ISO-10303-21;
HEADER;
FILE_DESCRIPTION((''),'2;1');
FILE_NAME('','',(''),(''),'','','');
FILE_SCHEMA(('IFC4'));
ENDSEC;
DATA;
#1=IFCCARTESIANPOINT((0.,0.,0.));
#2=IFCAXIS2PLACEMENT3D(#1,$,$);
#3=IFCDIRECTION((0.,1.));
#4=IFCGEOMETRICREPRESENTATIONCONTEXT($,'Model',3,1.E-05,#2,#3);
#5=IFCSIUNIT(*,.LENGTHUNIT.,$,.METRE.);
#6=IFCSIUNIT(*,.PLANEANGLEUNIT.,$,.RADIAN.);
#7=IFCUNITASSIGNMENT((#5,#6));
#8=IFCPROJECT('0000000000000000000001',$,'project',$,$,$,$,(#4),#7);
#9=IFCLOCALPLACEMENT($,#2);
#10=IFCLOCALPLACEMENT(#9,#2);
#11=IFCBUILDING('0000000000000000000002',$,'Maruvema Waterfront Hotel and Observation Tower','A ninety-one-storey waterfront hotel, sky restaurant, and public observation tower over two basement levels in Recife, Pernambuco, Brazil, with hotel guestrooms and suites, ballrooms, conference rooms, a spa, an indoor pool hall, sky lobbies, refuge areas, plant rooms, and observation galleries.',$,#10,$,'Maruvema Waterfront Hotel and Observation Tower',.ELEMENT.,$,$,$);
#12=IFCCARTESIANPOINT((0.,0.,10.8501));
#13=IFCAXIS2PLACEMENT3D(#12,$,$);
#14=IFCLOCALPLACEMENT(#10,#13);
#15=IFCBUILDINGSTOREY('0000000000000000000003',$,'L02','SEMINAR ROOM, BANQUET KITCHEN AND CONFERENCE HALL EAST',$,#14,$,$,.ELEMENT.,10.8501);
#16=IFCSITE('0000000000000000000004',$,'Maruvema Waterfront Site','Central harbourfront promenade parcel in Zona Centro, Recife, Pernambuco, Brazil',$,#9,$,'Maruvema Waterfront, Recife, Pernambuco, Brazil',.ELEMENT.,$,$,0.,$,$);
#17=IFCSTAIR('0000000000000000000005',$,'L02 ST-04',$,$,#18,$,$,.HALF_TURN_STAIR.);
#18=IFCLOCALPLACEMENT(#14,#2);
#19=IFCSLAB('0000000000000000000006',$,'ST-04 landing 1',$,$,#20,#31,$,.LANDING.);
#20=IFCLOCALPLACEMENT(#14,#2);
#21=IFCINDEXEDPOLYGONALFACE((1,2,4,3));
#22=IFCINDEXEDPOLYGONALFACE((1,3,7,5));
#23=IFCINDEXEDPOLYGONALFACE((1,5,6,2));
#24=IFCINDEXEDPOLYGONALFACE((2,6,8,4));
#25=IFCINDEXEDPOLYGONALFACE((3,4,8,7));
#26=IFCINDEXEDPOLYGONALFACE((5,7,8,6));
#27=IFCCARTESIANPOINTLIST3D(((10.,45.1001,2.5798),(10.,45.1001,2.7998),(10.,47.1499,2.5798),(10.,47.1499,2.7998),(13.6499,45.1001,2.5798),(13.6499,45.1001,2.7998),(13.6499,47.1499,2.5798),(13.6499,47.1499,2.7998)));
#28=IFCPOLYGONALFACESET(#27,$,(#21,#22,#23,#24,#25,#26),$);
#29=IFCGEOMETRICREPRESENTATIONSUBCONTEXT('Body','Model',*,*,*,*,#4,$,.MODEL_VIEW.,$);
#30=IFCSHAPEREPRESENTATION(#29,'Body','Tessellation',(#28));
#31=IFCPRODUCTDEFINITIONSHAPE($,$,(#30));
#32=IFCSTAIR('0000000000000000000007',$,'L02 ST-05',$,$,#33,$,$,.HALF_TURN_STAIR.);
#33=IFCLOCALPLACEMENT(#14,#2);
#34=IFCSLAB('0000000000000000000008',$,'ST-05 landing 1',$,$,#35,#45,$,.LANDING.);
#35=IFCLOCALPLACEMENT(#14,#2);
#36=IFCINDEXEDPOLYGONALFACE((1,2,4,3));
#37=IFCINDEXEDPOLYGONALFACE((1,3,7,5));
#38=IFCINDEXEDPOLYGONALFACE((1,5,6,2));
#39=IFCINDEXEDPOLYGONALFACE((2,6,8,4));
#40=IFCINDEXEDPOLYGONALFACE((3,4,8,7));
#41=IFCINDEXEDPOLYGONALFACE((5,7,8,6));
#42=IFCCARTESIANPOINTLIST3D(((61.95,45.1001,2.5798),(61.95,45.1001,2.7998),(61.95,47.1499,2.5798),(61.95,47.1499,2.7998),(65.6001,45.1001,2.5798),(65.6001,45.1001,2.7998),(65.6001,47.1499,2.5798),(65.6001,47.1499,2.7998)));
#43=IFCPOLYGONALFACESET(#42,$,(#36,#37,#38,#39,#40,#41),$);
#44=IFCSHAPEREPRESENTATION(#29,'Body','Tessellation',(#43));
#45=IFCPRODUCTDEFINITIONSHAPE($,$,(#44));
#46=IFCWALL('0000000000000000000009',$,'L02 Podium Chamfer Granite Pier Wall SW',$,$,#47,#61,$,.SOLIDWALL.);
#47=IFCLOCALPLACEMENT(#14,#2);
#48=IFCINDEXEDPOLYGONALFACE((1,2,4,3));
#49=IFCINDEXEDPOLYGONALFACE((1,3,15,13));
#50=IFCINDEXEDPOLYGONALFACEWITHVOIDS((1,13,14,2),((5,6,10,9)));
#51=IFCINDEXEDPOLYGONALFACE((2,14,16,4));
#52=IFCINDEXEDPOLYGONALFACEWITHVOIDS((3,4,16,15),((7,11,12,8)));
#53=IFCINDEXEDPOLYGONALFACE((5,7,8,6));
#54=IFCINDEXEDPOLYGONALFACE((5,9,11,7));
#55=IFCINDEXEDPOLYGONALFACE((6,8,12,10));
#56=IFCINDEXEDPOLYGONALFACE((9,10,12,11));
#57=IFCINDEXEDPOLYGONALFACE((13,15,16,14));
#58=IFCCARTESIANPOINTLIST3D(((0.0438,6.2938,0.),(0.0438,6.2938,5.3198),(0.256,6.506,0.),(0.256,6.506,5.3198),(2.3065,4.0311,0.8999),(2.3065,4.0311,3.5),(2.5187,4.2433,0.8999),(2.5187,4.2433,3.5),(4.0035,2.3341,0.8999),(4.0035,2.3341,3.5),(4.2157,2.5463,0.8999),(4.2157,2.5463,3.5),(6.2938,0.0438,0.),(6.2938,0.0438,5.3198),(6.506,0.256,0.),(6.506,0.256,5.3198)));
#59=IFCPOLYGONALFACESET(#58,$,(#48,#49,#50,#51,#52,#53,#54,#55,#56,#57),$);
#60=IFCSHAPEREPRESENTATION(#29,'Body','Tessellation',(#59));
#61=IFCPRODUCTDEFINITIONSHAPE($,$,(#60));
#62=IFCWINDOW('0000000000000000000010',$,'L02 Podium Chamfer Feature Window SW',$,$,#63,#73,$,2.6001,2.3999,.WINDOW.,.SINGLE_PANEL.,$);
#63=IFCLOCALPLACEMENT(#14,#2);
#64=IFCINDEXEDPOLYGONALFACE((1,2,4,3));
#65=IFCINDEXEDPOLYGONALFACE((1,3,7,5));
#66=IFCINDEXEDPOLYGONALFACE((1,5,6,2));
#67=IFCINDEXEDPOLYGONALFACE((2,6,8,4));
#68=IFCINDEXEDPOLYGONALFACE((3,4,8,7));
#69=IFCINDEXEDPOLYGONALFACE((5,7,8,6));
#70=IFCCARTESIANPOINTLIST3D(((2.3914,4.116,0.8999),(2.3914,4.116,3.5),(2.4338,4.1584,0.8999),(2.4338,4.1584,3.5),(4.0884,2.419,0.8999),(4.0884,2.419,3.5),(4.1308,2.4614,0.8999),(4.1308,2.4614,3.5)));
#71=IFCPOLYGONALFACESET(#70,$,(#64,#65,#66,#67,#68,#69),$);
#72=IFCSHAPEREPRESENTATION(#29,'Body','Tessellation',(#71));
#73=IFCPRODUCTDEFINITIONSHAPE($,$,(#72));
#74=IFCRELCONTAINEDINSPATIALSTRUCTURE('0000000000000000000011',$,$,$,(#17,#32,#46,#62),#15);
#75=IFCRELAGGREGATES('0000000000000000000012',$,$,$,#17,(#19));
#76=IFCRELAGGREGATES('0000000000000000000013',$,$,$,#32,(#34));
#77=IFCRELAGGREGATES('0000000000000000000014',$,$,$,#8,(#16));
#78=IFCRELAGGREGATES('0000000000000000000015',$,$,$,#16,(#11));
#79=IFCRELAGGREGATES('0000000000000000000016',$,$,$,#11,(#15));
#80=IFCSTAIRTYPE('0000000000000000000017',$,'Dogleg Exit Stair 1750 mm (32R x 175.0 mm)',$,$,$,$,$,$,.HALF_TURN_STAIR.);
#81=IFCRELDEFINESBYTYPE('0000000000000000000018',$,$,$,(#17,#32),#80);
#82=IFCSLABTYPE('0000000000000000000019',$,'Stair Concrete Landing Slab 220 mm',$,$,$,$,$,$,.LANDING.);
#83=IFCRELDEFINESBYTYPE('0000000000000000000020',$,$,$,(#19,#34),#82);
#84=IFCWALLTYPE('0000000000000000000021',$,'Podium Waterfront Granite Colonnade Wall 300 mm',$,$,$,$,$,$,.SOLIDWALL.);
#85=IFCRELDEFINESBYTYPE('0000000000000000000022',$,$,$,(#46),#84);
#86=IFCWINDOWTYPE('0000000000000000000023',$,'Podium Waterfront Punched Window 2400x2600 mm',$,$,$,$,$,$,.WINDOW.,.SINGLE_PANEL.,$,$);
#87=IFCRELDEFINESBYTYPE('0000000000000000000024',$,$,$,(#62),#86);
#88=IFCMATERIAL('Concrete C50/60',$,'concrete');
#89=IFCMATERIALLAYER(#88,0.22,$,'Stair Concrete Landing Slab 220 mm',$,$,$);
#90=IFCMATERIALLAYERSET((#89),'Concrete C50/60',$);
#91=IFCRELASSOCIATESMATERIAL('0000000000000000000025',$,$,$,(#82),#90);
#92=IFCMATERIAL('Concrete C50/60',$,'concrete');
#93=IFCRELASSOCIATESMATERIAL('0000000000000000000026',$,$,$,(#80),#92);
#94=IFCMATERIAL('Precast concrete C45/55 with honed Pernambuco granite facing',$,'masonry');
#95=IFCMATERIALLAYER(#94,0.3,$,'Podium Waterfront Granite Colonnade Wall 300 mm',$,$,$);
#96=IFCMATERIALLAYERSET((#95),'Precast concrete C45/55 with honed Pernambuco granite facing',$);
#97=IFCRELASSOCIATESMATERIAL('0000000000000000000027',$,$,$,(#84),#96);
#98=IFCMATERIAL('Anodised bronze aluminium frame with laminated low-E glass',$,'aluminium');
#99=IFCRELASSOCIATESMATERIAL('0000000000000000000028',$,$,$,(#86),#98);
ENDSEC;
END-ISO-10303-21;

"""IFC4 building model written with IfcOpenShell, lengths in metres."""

from ifc_helpers import new_model, si_unit, direction, frame, frame_2d, origin, place, context, subcontext, project, spatial, polyline, rectangle, outline, extrude, material, layer, layer_set, type_object, element, fill, aggregate, save


model = new_model("IFC4")

# Units and contexts
model_context = context("Model", 3, precision=1e-05, world=origin(), true_north=direction((0.0, 1.0)))
body_context = subcontext(model_context, "Body", "Model", "MODEL_VIEW")
ifc_project = project(units=[si_unit("LENGTHUNIT", "METRE"), si_unit("PLANEANGLEUNIT", "RADIAN")], contexts=[model_context])

# Site, building, storey
site_placement = place(None, origin())
site = spatial("IfcSite", under=ifc_project, at=site_placement, Name="Maruvema Waterfront Site", Description="Central harbourfront promenade parcel in Zona Centro, Recife, Pernambuco, Brazil", LongName="Maruvema Waterfront, Recife, Pernambuco, Brazil", CompositionType="ELEMENT", RefElevation=0.0)
building_placement = place(site_placement, origin())
building = spatial("IfcBuilding", under=site, at=building_placement, Name="Maruvema Waterfront Hotel and Observation Tower", Description="A ninety-one-storey waterfront hotel, sky restaurant, and public observation tower over two basement levels in Recife, Pernambuco, Brazil, with hotel guestrooms and suites, ballrooms, conference rooms, a spa, an indoor pool hall, sky lobbies, refuge areas, plant rooms, and observation galleries.", LongName="Maruvema Waterfront Hotel and Observation Tower", CompositionType="ELEMENT")
storey_placement = place(building_placement, frame((0.0, 0.0, 10.8501)))
storey = spatial("IfcBuildingStorey", under=building, at=storey_placement, Name="L02", Description="SEMINAR ROOM, BANQUET KITCHEN AND CONFERENCE HALL EAST", CompositionType="ELEMENT", Elevation=10.8501)

# Stairs, slabs
ifc_material_1 = material(Name="Concrete C50/60", Category="concrete")
ifc_layer_1 = layer(ifc_material_1, 0.22, Name="Stair Concrete Landing Slab 220 mm")
ifc_layer_set_1 = layer_set([ifc_layer_1], Name="Concrete C50/60")
slab_type_1 = type_object("IfcSlabType", Name="Stair Concrete Landing Slab 220 mm", PredefinedType="LANDING", material=ifc_layer_set_1)
ifc_material_2 = material(Name="Concrete C50/60", Category="concrete")
stair_type_1 = type_object("IfcStairType", Name="Dogleg Exit Stair 1750 mm (32R x 175.0 mm)", PredefinedType="HALF_TURN_STAIR", material=ifc_material_2)
stair_1_placement = place(storey_placement, origin())
stair_1 = element("IfcStair", 1, at=stair_1_placement, inside=storey, type_object=stair_type_1, Name="L02 ST-04", PredefinedType="HALF_TURN_STAIR")
slab_1_placement = place(storey_placement, frame((0.0, 0.0, 2.5798)))
slab_1 = element("IfcSlab", 2, at=slab_1_placement, type_object=slab_type_1, Name="ST-04 landing 1", PredefinedType="LANDING", context=body_context, shape_type="SweptSolid", body=[
    extrude(outline(polyline([(10.0, 47.1499), (10.0, 45.1001), (13.6499, 45.1001), (13.6499, 47.1499), (10.0, 47.1499)])), origin(), (0.0, 0.0, 1.0), 0.22),
])
aggregate(stair_1, [slab_1])
stair_2_placement = place(storey_placement, origin())
stair_2 = element("IfcStair", 3, at=stair_2_placement, inside=storey, type_object=stair_type_1, Name="L02 ST-05", PredefinedType="HALF_TURN_STAIR")
slab_2_placement = place(storey_placement, frame((0.0, 0.0, 2.5798)))
slab_2 = element("IfcSlab", 4, at=slab_2_placement, type_object=slab_type_1, Name="ST-05 landing 1", PredefinedType="LANDING", context=body_context, shape_type="SweptSolid", body=[
    extrude(outline(polyline([(61.95, 47.1499), (61.95, 45.1001), (65.6001, 45.1001), (65.6001, 47.1499), (61.95, 47.1499)])), origin(), (0.0, 0.0, 1.0), 0.22),
])
aggregate(stair_2, [slab_2])

# Wall, opening, window
ifc_material_3 = material(Name="Precast concrete C45/55 with honed Pernambuco granite facing", Category="masonry")
ifc_layer_2 = layer(ifc_material_3, 0.3, Name="Podium Waterfront Granite Colonnade Wall 300 mm")
ifc_layer_set_2 = layer_set([ifc_layer_2], Name="Precast concrete C45/55 with honed Pernambuco granite facing")
wall_type = type_object("IfcWallType", Name="Podium Waterfront Granite Colonnade Wall 300 mm", PredefinedType="SOLIDWALL", material=ifc_layer_set_2)
wall_placement = place(storey_placement, frame((0.1499, 6.3999, 0.0), z_axis=(0.0, 0.0, 1.0), x_axis=(0.707107, -0.707107, 0.0)))
wall = element("IfcWall", 5, at=wall_placement, inside=storey, type_object=wall_type, Name="L02 Podium Chamfer Granite Pier Wall SW", PredefinedType="SOLIDWALL", context=body_context, shape_type="SweptSolid", body=[
    extrude(rectangle(XDim=8.8389, YDim=0.3, at=frame_2d((4.4194, 0.0))), origin(), (0.0, 0.0, 1.0), 5.3198),
])
opening_placement = place(wall_placement, frame((3.2, 0.0, 0.8999)))
opening = element("IfcOpeningElement", 6, at=opening_placement, cuts=wall, PredefinedType="OPENING", context=body_context, shape_type="SweptSolid", body=[
    extrude(rectangle(XDim=2.3999, YDim=2.6001, at=frame_2d((1.2, 1.3))), frame((0.0, 0.1602, 0.0), z_axis=(0.0, -1.0, 0.0), x_axis=(1.0, 0.0, 0.0)), (0.0, 0.0, 1.0), 0.3201),
])
ifc_material_4 = material(Name="Anodised bronze aluminium frame with laminated low-E glass", Category="aluminium")
window_type = type_object("IfcWindowType", Name="Podium Waterfront Punched Window 2400x2600 mm", PartitioningType="SINGLE_PANEL", PredefinedType="WINDOW", material=ifc_material_4)
window_placement = place(opening_placement, origin())
window = element("IfcWindow", 7, at=window_placement, inside=storey, type_object=window_type, Name="L02 Podium Chamfer Feature Window SW", OverallHeight=2.6001, OverallWidth=2.3999, PartitioningType="SINGLE_PANEL", PredefinedType="WINDOW", context=body_context, shape_type="SweptSolid", body=[
    extrude(rectangle(XDim=2.3999, YDim=2.6001, at=frame_2d((1.2, 1.3))), frame((0.0, 0.03, 0.0), z_axis=(0.0, -1.0, 0.0), x_axis=(1.0, 0.0, 0.0)), (0.0, 0.0, 1.0), 0.0601),
])
fill(opening, window)

save(model, "model.ifc")
